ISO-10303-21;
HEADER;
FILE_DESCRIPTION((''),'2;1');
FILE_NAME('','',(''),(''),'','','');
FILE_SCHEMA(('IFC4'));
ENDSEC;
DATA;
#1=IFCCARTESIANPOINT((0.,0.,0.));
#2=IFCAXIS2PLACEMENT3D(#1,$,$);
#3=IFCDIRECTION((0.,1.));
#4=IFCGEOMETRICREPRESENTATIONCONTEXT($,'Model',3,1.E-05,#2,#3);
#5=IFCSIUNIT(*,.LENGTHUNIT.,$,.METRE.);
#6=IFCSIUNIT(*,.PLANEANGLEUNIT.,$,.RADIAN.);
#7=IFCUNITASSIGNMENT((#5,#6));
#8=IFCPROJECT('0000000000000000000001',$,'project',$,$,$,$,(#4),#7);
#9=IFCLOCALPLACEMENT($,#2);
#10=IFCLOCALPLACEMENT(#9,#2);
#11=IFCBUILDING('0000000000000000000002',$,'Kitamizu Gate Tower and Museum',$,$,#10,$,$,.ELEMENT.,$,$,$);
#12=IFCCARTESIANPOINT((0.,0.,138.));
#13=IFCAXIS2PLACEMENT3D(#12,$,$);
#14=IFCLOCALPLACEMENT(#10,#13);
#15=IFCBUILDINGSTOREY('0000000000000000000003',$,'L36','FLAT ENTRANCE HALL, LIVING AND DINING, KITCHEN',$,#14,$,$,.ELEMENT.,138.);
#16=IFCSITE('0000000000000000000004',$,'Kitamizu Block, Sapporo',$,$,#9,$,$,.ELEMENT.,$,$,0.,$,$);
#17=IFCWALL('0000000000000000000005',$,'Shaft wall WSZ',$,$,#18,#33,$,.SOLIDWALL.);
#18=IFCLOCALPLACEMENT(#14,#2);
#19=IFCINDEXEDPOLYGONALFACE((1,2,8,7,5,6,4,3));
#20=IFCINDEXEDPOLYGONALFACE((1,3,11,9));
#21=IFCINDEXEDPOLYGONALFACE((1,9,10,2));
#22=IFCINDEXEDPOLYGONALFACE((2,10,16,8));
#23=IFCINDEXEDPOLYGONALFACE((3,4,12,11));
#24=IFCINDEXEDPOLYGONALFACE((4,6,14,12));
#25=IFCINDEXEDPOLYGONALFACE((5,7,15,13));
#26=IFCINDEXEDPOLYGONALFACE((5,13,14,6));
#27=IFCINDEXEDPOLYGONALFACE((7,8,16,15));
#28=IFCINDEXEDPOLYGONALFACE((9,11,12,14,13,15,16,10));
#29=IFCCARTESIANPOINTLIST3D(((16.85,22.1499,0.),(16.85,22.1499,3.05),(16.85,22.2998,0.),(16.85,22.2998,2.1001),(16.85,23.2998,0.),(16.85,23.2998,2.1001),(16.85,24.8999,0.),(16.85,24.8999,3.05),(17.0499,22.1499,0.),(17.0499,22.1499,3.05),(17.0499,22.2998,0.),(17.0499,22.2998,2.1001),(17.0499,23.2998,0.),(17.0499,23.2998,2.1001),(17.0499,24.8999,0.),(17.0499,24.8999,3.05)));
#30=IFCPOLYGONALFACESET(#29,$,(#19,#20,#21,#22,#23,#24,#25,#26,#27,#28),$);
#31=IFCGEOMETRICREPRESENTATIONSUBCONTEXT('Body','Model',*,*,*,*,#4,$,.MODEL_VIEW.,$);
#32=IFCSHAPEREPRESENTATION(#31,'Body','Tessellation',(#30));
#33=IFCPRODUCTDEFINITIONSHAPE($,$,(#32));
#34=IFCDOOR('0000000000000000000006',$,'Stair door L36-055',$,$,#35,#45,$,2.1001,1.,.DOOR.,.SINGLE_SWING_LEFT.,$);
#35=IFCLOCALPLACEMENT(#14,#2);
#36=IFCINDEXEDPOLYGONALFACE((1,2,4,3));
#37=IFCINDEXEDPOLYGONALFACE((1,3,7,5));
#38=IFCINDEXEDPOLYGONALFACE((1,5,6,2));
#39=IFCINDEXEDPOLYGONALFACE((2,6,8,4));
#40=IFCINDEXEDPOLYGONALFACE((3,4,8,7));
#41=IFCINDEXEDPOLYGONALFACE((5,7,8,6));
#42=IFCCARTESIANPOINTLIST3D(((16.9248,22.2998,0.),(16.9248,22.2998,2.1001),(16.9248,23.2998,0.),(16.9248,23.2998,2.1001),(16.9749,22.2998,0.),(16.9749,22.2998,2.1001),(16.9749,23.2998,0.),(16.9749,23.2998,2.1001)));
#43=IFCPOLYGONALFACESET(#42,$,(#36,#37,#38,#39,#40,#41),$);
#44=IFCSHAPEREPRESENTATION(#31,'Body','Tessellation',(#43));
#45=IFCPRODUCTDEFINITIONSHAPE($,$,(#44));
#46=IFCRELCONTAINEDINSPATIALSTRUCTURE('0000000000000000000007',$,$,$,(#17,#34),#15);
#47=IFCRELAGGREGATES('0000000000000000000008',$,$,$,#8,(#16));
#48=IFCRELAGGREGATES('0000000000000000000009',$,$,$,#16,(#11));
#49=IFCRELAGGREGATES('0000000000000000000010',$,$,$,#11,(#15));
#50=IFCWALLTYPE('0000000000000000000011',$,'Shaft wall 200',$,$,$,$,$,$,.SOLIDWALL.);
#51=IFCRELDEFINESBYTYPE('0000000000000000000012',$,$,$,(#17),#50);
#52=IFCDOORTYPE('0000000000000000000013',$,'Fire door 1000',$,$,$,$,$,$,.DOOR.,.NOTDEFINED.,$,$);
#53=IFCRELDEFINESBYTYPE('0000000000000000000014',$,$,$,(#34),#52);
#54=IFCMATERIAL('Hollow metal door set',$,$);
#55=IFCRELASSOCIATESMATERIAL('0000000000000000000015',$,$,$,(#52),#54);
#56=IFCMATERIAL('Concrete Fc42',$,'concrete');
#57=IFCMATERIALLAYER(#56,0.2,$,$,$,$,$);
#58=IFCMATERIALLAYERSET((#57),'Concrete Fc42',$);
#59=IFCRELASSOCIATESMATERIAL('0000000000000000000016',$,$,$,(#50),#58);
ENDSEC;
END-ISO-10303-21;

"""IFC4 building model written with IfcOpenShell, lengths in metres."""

from ifc_helpers import new_model, si_unit, direction, frame, frame_2d, origin, place, context, subcontext, project, spatial, rectangle, extrude, material, layer, layer_set, type_object, element, fill, save


model = new_model("IFC4")

# Units and contexts
model_context = context("Model", 3, precision=1e-05, world=origin(), true_north=direction((0.0, 1.0)))
body_context = subcontext(model_context, "Body", "Model", "MODEL_VIEW")
ifc_project = project(units=[si_unit("LENGTHUNIT", "METRE"), si_unit("PLANEANGLEUNIT", "RADIAN")], contexts=[model_context])

# Site, building, storey
site_placement = place(None, origin())
site = spatial("IfcSite", under=ifc_project, at=site_placement, Name="Kitamizu Block, Sapporo", CompositionType="ELEMENT", RefElevation=0.0)
building_placement = place(site_placement, origin())
building = spatial("IfcBuilding", under=site, at=building_placement, Name="Kitamizu Gate Tower and Museum", CompositionType="ELEMENT")
storey_placement = place(building_placement, frame((0.0, 0.0, 138.0)))
storey = spatial("IfcBuildingStorey", under=building, at=storey_placement, Name="L36", Description="FLAT ENTRANCE HALL, LIVING AND DINING, KITCHEN", CompositionType="ELEMENT", Elevation=138.0)

# Shared definitions
ifc_material_1 = material(Name="Hollow metal door set")
door_type_1 = type_object("IfcDoorType", Name="Fire door 1000", OperationType="NOTDEFINED", PredefinedType="DOOR", material=ifc_material_1)

# Shared definitions
ifc_material_2 = material(Name="Concrete Fc42", Category="concrete")
ifc_layer_1 = layer(ifc_material_2, 0.2)
ifc_layer_set_1 = layer_set([ifc_layer_1], Name="Concrete Fc42")
wall_type_1 = type_object("IfcWallType", Name="Shaft wall 200", PredefinedType="SOLIDWALL", material=ifc_layer_set_1)

# Wall, opening, door
wall_1_placement = place(storey_placement, frame((16.95, 22.1499, 0.0), z_axis=(0.0, 0.0, 1.0), x_axis=(0.0, 1.0, 0.0)))
wall_1 = element("IfcWall", 1, at=wall_1_placement, inside=storey, type_object=wall_type_1, Name="Shaft wall WSZ", PredefinedType="SOLIDWALL", context=body_context, shape_type="SweptSolid", body=[
    extrude(rectangle(XDim=2.75, YDim=0.2, at=frame_2d((1.375, 0.0))), origin(), (0.0, 0.0, 1.0), 3.05),
])
opening_1_placement = place(wall_1_placement, frame((0.1499, 0.0, 0.0)))
opening_1 = element("IfcOpeningElement", 2, at=opening_1_placement, cuts=wall_1, PredefinedType="OPENING", context=body_context, shape_type="SweptSolid", body=[
    extrude(rectangle(XDim=1.0, YDim=2.1001, at=frame_2d((0.5, 1.05))), frame((0.0, 0.1099, 0.0), z_axis=(0.0, -1.0, 0.0), x_axis=(1.0, 0.0, 0.0)), (0.0, 0.0, 1.0), 0.22),
])
door_1_placement = place(opening_1_placement, frame((1.0, 0.0, 0.0), x_axis=(-1.0, 0.0, 0.0)))
door_1 = element("IfcDoor", 3, at=door_1_placement, inside=storey, type_object=door_type_1, Name="Stair door L36-055", OperationType="SINGLE_SWING_LEFT", OverallHeight=2.1001, OverallWidth=1.0, PredefinedType="DOOR", context=body_context, shape_type="SweptSolid", body=[
    extrude(rectangle(XDim=1.0, YDim=2.1001, at=frame_2d((0.5, 1.05))), frame((0.0, 0.0249, 0.0), z_axis=(0.0, -1.0, 0.0), x_axis=(1.0, 0.0, 0.0)), (0.0, 0.0, 1.0), 0.05),
])
fill(opening_1, door_1)

save(model, "model.ifc")
